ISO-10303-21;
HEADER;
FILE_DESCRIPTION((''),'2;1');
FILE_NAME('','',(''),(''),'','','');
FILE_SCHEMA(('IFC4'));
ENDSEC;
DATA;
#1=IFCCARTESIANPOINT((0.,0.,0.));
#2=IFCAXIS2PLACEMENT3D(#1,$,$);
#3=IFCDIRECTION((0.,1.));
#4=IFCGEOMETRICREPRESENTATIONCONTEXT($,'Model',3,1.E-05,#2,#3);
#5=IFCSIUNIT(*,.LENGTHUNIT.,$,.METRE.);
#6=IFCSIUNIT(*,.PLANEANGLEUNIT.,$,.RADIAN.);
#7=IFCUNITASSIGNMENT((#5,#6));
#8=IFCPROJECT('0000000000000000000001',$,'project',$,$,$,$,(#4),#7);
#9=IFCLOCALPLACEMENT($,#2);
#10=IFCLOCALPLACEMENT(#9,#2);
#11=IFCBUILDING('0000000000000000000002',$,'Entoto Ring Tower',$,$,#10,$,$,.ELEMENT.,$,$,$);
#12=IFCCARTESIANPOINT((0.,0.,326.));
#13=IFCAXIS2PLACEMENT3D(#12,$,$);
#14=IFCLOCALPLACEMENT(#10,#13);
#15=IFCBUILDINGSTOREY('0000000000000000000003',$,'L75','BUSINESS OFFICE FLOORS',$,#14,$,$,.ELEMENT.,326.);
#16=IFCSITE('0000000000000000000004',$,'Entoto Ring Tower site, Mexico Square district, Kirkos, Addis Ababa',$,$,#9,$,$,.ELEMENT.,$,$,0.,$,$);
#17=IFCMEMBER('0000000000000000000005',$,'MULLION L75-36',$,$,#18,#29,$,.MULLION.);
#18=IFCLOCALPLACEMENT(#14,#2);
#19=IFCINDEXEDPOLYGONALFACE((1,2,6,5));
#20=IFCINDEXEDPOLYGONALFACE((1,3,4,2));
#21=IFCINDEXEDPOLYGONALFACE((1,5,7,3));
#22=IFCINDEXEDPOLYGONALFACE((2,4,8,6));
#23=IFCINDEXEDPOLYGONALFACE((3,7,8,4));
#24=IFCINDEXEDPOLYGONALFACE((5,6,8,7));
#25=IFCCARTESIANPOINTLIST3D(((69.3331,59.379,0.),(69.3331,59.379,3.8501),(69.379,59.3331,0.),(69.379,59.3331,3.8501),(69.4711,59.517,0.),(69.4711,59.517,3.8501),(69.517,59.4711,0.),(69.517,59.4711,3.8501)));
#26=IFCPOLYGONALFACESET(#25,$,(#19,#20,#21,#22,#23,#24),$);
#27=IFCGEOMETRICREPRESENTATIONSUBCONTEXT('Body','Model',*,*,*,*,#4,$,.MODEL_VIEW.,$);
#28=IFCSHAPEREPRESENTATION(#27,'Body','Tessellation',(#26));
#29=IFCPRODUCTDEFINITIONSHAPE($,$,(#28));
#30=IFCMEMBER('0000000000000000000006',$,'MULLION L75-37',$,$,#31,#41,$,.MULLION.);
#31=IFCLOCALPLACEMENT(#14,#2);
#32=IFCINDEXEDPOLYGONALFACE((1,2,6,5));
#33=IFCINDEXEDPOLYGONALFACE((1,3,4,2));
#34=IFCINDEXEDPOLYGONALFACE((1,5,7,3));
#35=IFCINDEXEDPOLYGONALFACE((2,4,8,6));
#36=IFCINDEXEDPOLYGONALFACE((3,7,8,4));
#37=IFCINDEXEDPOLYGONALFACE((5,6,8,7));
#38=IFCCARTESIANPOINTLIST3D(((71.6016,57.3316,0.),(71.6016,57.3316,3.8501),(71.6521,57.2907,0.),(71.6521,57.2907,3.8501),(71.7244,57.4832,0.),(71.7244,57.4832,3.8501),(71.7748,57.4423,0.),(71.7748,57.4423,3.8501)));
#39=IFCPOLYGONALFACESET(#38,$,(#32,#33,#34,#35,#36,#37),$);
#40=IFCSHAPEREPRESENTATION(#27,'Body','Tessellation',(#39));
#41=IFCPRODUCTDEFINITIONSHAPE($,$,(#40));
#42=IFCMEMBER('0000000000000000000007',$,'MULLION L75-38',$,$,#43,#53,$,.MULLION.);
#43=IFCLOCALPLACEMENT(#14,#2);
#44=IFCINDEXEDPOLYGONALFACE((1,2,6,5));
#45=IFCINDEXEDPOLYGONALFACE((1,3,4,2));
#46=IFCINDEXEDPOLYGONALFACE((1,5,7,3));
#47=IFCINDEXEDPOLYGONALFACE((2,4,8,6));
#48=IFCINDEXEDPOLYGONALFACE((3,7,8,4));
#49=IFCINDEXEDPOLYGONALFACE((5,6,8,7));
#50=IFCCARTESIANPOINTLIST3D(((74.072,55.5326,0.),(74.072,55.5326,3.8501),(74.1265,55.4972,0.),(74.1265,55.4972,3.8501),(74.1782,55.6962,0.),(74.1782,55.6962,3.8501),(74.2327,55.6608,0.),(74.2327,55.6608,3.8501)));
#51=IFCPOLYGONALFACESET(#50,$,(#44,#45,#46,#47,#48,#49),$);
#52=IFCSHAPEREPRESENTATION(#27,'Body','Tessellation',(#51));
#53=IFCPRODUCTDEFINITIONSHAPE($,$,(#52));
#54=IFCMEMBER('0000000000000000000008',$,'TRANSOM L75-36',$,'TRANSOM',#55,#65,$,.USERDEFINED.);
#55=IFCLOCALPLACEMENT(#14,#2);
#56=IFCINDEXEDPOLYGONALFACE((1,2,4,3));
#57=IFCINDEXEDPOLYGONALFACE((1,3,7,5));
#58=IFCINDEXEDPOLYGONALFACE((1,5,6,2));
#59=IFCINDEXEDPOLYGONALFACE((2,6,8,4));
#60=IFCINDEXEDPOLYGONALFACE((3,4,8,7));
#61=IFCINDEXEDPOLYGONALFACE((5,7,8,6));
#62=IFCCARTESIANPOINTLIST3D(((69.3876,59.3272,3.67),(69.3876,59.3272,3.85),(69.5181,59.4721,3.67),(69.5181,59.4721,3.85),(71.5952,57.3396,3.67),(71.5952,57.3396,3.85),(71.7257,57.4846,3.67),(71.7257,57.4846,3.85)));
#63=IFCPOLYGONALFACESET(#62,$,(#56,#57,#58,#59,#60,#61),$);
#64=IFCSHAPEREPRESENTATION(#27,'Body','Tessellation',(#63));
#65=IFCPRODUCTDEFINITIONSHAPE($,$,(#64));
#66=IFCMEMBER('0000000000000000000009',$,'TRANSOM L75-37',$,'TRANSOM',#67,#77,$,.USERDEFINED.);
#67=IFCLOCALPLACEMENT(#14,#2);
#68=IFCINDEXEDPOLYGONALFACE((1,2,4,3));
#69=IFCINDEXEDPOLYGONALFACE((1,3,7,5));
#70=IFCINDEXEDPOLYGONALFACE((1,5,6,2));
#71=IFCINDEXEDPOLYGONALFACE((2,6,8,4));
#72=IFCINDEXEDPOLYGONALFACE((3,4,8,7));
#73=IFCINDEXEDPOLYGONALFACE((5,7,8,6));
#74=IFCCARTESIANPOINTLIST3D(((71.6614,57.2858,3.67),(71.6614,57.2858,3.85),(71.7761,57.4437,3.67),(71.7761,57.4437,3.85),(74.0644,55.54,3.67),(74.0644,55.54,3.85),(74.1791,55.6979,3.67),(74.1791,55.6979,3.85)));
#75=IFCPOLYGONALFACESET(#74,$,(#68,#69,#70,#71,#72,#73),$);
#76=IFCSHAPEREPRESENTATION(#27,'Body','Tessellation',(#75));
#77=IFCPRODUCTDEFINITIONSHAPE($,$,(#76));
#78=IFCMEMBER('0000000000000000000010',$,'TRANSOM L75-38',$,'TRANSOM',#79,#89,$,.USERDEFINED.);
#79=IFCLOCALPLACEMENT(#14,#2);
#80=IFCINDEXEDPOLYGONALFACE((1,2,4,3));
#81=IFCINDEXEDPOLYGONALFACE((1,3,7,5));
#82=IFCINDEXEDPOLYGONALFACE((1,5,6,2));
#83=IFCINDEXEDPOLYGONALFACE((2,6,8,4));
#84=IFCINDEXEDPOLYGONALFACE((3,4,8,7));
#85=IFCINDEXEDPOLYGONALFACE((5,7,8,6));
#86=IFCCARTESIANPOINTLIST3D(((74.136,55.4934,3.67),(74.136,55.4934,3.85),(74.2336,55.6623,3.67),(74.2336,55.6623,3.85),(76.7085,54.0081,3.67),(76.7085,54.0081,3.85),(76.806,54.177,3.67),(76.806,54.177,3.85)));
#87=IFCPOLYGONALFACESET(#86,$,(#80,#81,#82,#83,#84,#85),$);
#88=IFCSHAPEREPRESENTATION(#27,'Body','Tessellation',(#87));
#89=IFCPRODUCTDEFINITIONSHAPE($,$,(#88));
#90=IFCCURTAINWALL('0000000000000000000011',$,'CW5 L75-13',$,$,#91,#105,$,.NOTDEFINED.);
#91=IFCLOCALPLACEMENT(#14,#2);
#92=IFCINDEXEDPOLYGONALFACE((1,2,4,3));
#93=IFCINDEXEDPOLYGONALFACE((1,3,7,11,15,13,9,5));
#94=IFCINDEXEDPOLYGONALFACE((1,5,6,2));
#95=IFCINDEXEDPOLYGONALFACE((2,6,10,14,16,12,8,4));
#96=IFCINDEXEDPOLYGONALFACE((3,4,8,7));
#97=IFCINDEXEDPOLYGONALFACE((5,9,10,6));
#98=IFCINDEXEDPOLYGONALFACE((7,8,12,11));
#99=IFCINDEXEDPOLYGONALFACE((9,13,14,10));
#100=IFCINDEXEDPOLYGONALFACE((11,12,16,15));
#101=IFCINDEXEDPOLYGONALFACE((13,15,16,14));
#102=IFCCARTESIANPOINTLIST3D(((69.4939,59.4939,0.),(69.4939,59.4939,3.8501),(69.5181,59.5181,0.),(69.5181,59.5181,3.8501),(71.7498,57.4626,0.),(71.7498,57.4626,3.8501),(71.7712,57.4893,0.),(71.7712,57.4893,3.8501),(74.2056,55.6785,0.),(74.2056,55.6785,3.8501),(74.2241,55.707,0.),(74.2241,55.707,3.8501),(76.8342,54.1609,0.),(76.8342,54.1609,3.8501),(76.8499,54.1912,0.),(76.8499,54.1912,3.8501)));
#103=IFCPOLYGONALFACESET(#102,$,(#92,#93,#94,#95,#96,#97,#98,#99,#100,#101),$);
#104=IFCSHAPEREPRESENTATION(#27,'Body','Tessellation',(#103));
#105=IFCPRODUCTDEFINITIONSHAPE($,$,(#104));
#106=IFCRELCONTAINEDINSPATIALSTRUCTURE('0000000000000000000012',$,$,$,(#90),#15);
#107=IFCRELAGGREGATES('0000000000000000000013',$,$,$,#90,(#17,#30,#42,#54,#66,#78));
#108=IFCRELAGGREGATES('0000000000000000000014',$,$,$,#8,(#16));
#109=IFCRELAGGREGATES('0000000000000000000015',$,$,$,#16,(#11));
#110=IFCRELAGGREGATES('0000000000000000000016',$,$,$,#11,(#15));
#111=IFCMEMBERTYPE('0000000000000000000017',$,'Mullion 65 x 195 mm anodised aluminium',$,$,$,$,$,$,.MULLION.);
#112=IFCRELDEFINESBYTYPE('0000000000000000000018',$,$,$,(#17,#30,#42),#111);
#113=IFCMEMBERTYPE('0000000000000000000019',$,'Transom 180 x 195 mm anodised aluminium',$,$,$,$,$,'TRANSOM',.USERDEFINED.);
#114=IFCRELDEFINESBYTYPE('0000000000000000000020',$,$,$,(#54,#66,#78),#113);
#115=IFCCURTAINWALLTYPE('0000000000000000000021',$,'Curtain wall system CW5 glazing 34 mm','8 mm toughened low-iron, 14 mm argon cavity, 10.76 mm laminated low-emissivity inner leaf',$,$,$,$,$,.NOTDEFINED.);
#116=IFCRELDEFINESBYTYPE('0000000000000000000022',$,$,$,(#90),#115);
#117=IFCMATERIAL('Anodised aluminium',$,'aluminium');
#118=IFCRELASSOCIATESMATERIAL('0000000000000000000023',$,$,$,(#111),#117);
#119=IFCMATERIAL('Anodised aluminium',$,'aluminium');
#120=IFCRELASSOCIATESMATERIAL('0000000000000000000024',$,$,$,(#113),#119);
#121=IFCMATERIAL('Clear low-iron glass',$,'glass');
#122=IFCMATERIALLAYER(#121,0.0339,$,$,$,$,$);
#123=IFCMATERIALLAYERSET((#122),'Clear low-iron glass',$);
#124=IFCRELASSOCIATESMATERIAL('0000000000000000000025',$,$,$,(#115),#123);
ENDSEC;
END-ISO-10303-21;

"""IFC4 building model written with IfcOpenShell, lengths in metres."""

from ifc_helpers import new_model, si_unit, direction, frame, origin, origin_2d, place, context, subcontext, project, spatial, polyline, rectangle, outline, extrude, material, layer, layer_set, material_profile, profile_set, type_object, element, aggregate, save


model = new_model("IFC4")

# Units and contexts
model_context = context("Model", 3, precision=1e-05, world=origin(), true_north=direction((0.0, 1.0)))
body_context = subcontext(model_context, "Body", "Model", "MODEL_VIEW")
ifc_project = project(units=[si_unit("LENGTHUNIT", "METRE"), si_unit("PLANEANGLEUNIT", "RADIAN")], contexts=[model_context])

# Members
ifc_material_1 = material(Name="Anodised aluminium", Category="aluminium")
ifc_material_profile_1 = material_profile(ifc_material_1, rectangle(XDim=0.0649, YDim=0.1951, at=origin_2d()), Name="Mullion 65 x 195 mm anodised aluminium")
ifc_profile_set_1 = profile_set([ifc_material_profile_1], Name="Anodised aluminium")
member_type_1 = type_object("IfcMemberType", Name="Mullion 65 x 195 mm anodised aluminium", PredefinedType="MULLION", material=ifc_profile_set_1)
site_placement = place(None, origin())
building_placement = place(site_placement, origin())
storey_placement = place(building_placement, frame((0.0, 0.0, 326.0)))
member_1_placement = place(storey_placement, frame((69.425, 59.425, 0.0), z_axis=(0.0, 0.0, 1.0), x_axis=(0.707107, -0.707107, 0.0)))
member_1 = element("IfcMember", 1, at=member_1_placement, type_object=member_type_1, Name="MULLION L75-36", PredefinedType="MULLION", context=body_context, shape_type="SweptSolid", body=[
    extrude(rectangle(XDim=0.0649, YDim=0.1951, at=origin_2d()), origin(), (0.0, 0.0, 1.0), 3.8501),
])
member_2_placement = place(storey_placement, frame((71.6882, 57.387, 0.0), z_axis=(0.0, 0.0, 1.0), x_axis=(0.777146, -0.62932, 0.0)))
member_2 = element("IfcMember", 2, at=member_2_placement, type_object=member_type_1, Name="MULLION L75-37", PredefinedType="MULLION", context=body_context, shape_type="SweptSolid", body=[
    extrude(rectangle(XDim=0.0649, YDim=0.1951, at=origin_2d()), origin(), (0.0, 0.0, 1.0), 3.8501),
])
member_3_placement = place(storey_placement, frame((74.1523, 55.5967, 0.0), z_axis=(0.0, 0.0, 1.0), x_axis=(0.838671, -0.544639, 0.0)))
member_3 = element("IfcMember", 3, at=member_3_placement, type_object=member_type_1, Name="MULLION L75-38", PredefinedType="MULLION", context=body_context, shape_type="SweptSolid", body=[
    extrude(rectangle(XDim=0.0649, YDim=0.1951, at=origin_2d()), origin(), (0.0, 0.0, 1.0), 3.8501),
])
ifc_material_2 = material(Name="Anodised aluminium", Category="aluminium")
ifc_material_profile_2 = material_profile(ifc_material_2, rectangle(XDim=0.1951, YDim=0.1799, at=origin_2d()), Name="Transom 180 x 195 mm anodised aluminium")
ifc_profile_set_2 = profile_set([ifc_material_profile_2], Name="Anodised aluminium")
member_type_2 = type_object("IfcMemberType", Name="Transom 180 x 195 mm anodised aluminium", ElementType="TRANSOM", PredefinedType="USERDEFINED", material=ifc_profile_set_2)
member_4_placement = place(storey_placement, frame((69.4529, 59.3997, 3.76), z_axis=(0.743163, -0.66911, 0.0), x_axis=(0.66911, 0.743163, 0.0)))
member_4 = element("IfcMember", 4, at=member_4_placement, type_object=member_type_2, Name="TRANSOM L75-36", ObjectType="TRANSOM", PredefinedType="USERDEFINED", context=body_context, shape_type="SweptSolid", body=[
    extrude(rectangle(XDim=0.1951, YDim=0.1799, at=origin_2d()), origin(), (0.0, 0.0, 1.0), 2.9705),
])
member_5_placement = place(storey_placement, frame((71.7188, 57.3647, 3.76), z_axis=(0.809031, -0.587766, 0.0), x_axis=(0.587766, 0.809031, 0.0)))
member_5 = element("IfcMember", 5, at=member_5_placement, type_object=member_type_2, Name="TRANSOM L75-37", ObjectType="TRANSOM", PredefinedType="USERDEFINED", context=body_context, shape_type="SweptSolid", body=[
    extrude(rectangle(XDim=0.1951, YDim=0.1799, at=origin_2d()), origin(), (0.0, 0.0, 1.0), 2.9702),
])
member_6_placement = place(storey_placement, frame((74.1848, 55.5779, 3.76), z_axis=(0.866009, -0.500028, 0.0), x_axis=(0.500028, 0.866009, 0.0)))
member_6 = element("IfcMember", 6, at=member_6_placement, type_object=member_type_2, Name="TRANSOM L75-38", ObjectType="TRANSOM", PredefinedType="USERDEFINED", context=body_context, shape_type="SweptSolid", body=[
    extrude(rectangle(XDim=0.1951, YDim=0.1799, at=origin_2d()), origin(), (0.0, 0.0, 1.0), 2.9705),
])

# Site, building, storey
site = spatial("IfcSite", under=ifc_project, at=site_placement, Name="Entoto Ring Tower site, Mexico Square district, Kirkos, Addis Ababa", CompositionType="ELEMENT", RefElevation=0.0)
building = spatial("IfcBuilding", under=site, at=building_placement, Name="Entoto Ring Tower", CompositionType="ELEMENT")
storey = spatial("IfcBuildingStorey", under=building, at=storey_placement, Name="L75", Description="BUSINESS OFFICE FLOORS", CompositionType="ELEMENT", Elevation=326.0)

# Curtain wall
ifc_material_3 = material(Name="Clear low-iron glass", Category="glass")
ifc_layer = layer(ifc_material_3, 0.0339)
ifc_layer_set = layer_set([ifc_layer], Name="Clear low-iron glass")
curtain_wall_type = type_object("IfcCurtainWallType", Name="Curtain wall system CW5 glazing 34 mm", Description="8 mm toughened low-iron, 14 mm argon cavity, 10.76 mm laminated low-emissivity inner leaf", PredefinedType="NOTDEFINED", material=ifc_layer_set)
curtain_wall_1_placement = place(storey_placement, origin())
curtain_wall_1 = element("IfcCurtainWall", 7, at=curtain_wall_1_placement, inside=storey, type_object=curtain_wall_type, Name="CW5 L75-13", PredefinedType="NOTDEFINED", context=body_context, shape_type="SweptSolid", body=[
    extrude(outline(polyline([(69.4939, 59.4939), (71.7498, 57.4626), (74.2056, 55.6785), (76.8342, 54.1609), (76.8499, 54.1912), (74.2241, 55.707), (71.7712, 57.4893), (69.5181, 59.5181), (69.4939, 59.4939)])), origin(), (0.0, 0.0, 1.0), 3.8501),
])
aggregate(curtain_wall_1, [member_1, member_2, member_3, member_4, member_5, member_6])

save(model, "model.ifc")
